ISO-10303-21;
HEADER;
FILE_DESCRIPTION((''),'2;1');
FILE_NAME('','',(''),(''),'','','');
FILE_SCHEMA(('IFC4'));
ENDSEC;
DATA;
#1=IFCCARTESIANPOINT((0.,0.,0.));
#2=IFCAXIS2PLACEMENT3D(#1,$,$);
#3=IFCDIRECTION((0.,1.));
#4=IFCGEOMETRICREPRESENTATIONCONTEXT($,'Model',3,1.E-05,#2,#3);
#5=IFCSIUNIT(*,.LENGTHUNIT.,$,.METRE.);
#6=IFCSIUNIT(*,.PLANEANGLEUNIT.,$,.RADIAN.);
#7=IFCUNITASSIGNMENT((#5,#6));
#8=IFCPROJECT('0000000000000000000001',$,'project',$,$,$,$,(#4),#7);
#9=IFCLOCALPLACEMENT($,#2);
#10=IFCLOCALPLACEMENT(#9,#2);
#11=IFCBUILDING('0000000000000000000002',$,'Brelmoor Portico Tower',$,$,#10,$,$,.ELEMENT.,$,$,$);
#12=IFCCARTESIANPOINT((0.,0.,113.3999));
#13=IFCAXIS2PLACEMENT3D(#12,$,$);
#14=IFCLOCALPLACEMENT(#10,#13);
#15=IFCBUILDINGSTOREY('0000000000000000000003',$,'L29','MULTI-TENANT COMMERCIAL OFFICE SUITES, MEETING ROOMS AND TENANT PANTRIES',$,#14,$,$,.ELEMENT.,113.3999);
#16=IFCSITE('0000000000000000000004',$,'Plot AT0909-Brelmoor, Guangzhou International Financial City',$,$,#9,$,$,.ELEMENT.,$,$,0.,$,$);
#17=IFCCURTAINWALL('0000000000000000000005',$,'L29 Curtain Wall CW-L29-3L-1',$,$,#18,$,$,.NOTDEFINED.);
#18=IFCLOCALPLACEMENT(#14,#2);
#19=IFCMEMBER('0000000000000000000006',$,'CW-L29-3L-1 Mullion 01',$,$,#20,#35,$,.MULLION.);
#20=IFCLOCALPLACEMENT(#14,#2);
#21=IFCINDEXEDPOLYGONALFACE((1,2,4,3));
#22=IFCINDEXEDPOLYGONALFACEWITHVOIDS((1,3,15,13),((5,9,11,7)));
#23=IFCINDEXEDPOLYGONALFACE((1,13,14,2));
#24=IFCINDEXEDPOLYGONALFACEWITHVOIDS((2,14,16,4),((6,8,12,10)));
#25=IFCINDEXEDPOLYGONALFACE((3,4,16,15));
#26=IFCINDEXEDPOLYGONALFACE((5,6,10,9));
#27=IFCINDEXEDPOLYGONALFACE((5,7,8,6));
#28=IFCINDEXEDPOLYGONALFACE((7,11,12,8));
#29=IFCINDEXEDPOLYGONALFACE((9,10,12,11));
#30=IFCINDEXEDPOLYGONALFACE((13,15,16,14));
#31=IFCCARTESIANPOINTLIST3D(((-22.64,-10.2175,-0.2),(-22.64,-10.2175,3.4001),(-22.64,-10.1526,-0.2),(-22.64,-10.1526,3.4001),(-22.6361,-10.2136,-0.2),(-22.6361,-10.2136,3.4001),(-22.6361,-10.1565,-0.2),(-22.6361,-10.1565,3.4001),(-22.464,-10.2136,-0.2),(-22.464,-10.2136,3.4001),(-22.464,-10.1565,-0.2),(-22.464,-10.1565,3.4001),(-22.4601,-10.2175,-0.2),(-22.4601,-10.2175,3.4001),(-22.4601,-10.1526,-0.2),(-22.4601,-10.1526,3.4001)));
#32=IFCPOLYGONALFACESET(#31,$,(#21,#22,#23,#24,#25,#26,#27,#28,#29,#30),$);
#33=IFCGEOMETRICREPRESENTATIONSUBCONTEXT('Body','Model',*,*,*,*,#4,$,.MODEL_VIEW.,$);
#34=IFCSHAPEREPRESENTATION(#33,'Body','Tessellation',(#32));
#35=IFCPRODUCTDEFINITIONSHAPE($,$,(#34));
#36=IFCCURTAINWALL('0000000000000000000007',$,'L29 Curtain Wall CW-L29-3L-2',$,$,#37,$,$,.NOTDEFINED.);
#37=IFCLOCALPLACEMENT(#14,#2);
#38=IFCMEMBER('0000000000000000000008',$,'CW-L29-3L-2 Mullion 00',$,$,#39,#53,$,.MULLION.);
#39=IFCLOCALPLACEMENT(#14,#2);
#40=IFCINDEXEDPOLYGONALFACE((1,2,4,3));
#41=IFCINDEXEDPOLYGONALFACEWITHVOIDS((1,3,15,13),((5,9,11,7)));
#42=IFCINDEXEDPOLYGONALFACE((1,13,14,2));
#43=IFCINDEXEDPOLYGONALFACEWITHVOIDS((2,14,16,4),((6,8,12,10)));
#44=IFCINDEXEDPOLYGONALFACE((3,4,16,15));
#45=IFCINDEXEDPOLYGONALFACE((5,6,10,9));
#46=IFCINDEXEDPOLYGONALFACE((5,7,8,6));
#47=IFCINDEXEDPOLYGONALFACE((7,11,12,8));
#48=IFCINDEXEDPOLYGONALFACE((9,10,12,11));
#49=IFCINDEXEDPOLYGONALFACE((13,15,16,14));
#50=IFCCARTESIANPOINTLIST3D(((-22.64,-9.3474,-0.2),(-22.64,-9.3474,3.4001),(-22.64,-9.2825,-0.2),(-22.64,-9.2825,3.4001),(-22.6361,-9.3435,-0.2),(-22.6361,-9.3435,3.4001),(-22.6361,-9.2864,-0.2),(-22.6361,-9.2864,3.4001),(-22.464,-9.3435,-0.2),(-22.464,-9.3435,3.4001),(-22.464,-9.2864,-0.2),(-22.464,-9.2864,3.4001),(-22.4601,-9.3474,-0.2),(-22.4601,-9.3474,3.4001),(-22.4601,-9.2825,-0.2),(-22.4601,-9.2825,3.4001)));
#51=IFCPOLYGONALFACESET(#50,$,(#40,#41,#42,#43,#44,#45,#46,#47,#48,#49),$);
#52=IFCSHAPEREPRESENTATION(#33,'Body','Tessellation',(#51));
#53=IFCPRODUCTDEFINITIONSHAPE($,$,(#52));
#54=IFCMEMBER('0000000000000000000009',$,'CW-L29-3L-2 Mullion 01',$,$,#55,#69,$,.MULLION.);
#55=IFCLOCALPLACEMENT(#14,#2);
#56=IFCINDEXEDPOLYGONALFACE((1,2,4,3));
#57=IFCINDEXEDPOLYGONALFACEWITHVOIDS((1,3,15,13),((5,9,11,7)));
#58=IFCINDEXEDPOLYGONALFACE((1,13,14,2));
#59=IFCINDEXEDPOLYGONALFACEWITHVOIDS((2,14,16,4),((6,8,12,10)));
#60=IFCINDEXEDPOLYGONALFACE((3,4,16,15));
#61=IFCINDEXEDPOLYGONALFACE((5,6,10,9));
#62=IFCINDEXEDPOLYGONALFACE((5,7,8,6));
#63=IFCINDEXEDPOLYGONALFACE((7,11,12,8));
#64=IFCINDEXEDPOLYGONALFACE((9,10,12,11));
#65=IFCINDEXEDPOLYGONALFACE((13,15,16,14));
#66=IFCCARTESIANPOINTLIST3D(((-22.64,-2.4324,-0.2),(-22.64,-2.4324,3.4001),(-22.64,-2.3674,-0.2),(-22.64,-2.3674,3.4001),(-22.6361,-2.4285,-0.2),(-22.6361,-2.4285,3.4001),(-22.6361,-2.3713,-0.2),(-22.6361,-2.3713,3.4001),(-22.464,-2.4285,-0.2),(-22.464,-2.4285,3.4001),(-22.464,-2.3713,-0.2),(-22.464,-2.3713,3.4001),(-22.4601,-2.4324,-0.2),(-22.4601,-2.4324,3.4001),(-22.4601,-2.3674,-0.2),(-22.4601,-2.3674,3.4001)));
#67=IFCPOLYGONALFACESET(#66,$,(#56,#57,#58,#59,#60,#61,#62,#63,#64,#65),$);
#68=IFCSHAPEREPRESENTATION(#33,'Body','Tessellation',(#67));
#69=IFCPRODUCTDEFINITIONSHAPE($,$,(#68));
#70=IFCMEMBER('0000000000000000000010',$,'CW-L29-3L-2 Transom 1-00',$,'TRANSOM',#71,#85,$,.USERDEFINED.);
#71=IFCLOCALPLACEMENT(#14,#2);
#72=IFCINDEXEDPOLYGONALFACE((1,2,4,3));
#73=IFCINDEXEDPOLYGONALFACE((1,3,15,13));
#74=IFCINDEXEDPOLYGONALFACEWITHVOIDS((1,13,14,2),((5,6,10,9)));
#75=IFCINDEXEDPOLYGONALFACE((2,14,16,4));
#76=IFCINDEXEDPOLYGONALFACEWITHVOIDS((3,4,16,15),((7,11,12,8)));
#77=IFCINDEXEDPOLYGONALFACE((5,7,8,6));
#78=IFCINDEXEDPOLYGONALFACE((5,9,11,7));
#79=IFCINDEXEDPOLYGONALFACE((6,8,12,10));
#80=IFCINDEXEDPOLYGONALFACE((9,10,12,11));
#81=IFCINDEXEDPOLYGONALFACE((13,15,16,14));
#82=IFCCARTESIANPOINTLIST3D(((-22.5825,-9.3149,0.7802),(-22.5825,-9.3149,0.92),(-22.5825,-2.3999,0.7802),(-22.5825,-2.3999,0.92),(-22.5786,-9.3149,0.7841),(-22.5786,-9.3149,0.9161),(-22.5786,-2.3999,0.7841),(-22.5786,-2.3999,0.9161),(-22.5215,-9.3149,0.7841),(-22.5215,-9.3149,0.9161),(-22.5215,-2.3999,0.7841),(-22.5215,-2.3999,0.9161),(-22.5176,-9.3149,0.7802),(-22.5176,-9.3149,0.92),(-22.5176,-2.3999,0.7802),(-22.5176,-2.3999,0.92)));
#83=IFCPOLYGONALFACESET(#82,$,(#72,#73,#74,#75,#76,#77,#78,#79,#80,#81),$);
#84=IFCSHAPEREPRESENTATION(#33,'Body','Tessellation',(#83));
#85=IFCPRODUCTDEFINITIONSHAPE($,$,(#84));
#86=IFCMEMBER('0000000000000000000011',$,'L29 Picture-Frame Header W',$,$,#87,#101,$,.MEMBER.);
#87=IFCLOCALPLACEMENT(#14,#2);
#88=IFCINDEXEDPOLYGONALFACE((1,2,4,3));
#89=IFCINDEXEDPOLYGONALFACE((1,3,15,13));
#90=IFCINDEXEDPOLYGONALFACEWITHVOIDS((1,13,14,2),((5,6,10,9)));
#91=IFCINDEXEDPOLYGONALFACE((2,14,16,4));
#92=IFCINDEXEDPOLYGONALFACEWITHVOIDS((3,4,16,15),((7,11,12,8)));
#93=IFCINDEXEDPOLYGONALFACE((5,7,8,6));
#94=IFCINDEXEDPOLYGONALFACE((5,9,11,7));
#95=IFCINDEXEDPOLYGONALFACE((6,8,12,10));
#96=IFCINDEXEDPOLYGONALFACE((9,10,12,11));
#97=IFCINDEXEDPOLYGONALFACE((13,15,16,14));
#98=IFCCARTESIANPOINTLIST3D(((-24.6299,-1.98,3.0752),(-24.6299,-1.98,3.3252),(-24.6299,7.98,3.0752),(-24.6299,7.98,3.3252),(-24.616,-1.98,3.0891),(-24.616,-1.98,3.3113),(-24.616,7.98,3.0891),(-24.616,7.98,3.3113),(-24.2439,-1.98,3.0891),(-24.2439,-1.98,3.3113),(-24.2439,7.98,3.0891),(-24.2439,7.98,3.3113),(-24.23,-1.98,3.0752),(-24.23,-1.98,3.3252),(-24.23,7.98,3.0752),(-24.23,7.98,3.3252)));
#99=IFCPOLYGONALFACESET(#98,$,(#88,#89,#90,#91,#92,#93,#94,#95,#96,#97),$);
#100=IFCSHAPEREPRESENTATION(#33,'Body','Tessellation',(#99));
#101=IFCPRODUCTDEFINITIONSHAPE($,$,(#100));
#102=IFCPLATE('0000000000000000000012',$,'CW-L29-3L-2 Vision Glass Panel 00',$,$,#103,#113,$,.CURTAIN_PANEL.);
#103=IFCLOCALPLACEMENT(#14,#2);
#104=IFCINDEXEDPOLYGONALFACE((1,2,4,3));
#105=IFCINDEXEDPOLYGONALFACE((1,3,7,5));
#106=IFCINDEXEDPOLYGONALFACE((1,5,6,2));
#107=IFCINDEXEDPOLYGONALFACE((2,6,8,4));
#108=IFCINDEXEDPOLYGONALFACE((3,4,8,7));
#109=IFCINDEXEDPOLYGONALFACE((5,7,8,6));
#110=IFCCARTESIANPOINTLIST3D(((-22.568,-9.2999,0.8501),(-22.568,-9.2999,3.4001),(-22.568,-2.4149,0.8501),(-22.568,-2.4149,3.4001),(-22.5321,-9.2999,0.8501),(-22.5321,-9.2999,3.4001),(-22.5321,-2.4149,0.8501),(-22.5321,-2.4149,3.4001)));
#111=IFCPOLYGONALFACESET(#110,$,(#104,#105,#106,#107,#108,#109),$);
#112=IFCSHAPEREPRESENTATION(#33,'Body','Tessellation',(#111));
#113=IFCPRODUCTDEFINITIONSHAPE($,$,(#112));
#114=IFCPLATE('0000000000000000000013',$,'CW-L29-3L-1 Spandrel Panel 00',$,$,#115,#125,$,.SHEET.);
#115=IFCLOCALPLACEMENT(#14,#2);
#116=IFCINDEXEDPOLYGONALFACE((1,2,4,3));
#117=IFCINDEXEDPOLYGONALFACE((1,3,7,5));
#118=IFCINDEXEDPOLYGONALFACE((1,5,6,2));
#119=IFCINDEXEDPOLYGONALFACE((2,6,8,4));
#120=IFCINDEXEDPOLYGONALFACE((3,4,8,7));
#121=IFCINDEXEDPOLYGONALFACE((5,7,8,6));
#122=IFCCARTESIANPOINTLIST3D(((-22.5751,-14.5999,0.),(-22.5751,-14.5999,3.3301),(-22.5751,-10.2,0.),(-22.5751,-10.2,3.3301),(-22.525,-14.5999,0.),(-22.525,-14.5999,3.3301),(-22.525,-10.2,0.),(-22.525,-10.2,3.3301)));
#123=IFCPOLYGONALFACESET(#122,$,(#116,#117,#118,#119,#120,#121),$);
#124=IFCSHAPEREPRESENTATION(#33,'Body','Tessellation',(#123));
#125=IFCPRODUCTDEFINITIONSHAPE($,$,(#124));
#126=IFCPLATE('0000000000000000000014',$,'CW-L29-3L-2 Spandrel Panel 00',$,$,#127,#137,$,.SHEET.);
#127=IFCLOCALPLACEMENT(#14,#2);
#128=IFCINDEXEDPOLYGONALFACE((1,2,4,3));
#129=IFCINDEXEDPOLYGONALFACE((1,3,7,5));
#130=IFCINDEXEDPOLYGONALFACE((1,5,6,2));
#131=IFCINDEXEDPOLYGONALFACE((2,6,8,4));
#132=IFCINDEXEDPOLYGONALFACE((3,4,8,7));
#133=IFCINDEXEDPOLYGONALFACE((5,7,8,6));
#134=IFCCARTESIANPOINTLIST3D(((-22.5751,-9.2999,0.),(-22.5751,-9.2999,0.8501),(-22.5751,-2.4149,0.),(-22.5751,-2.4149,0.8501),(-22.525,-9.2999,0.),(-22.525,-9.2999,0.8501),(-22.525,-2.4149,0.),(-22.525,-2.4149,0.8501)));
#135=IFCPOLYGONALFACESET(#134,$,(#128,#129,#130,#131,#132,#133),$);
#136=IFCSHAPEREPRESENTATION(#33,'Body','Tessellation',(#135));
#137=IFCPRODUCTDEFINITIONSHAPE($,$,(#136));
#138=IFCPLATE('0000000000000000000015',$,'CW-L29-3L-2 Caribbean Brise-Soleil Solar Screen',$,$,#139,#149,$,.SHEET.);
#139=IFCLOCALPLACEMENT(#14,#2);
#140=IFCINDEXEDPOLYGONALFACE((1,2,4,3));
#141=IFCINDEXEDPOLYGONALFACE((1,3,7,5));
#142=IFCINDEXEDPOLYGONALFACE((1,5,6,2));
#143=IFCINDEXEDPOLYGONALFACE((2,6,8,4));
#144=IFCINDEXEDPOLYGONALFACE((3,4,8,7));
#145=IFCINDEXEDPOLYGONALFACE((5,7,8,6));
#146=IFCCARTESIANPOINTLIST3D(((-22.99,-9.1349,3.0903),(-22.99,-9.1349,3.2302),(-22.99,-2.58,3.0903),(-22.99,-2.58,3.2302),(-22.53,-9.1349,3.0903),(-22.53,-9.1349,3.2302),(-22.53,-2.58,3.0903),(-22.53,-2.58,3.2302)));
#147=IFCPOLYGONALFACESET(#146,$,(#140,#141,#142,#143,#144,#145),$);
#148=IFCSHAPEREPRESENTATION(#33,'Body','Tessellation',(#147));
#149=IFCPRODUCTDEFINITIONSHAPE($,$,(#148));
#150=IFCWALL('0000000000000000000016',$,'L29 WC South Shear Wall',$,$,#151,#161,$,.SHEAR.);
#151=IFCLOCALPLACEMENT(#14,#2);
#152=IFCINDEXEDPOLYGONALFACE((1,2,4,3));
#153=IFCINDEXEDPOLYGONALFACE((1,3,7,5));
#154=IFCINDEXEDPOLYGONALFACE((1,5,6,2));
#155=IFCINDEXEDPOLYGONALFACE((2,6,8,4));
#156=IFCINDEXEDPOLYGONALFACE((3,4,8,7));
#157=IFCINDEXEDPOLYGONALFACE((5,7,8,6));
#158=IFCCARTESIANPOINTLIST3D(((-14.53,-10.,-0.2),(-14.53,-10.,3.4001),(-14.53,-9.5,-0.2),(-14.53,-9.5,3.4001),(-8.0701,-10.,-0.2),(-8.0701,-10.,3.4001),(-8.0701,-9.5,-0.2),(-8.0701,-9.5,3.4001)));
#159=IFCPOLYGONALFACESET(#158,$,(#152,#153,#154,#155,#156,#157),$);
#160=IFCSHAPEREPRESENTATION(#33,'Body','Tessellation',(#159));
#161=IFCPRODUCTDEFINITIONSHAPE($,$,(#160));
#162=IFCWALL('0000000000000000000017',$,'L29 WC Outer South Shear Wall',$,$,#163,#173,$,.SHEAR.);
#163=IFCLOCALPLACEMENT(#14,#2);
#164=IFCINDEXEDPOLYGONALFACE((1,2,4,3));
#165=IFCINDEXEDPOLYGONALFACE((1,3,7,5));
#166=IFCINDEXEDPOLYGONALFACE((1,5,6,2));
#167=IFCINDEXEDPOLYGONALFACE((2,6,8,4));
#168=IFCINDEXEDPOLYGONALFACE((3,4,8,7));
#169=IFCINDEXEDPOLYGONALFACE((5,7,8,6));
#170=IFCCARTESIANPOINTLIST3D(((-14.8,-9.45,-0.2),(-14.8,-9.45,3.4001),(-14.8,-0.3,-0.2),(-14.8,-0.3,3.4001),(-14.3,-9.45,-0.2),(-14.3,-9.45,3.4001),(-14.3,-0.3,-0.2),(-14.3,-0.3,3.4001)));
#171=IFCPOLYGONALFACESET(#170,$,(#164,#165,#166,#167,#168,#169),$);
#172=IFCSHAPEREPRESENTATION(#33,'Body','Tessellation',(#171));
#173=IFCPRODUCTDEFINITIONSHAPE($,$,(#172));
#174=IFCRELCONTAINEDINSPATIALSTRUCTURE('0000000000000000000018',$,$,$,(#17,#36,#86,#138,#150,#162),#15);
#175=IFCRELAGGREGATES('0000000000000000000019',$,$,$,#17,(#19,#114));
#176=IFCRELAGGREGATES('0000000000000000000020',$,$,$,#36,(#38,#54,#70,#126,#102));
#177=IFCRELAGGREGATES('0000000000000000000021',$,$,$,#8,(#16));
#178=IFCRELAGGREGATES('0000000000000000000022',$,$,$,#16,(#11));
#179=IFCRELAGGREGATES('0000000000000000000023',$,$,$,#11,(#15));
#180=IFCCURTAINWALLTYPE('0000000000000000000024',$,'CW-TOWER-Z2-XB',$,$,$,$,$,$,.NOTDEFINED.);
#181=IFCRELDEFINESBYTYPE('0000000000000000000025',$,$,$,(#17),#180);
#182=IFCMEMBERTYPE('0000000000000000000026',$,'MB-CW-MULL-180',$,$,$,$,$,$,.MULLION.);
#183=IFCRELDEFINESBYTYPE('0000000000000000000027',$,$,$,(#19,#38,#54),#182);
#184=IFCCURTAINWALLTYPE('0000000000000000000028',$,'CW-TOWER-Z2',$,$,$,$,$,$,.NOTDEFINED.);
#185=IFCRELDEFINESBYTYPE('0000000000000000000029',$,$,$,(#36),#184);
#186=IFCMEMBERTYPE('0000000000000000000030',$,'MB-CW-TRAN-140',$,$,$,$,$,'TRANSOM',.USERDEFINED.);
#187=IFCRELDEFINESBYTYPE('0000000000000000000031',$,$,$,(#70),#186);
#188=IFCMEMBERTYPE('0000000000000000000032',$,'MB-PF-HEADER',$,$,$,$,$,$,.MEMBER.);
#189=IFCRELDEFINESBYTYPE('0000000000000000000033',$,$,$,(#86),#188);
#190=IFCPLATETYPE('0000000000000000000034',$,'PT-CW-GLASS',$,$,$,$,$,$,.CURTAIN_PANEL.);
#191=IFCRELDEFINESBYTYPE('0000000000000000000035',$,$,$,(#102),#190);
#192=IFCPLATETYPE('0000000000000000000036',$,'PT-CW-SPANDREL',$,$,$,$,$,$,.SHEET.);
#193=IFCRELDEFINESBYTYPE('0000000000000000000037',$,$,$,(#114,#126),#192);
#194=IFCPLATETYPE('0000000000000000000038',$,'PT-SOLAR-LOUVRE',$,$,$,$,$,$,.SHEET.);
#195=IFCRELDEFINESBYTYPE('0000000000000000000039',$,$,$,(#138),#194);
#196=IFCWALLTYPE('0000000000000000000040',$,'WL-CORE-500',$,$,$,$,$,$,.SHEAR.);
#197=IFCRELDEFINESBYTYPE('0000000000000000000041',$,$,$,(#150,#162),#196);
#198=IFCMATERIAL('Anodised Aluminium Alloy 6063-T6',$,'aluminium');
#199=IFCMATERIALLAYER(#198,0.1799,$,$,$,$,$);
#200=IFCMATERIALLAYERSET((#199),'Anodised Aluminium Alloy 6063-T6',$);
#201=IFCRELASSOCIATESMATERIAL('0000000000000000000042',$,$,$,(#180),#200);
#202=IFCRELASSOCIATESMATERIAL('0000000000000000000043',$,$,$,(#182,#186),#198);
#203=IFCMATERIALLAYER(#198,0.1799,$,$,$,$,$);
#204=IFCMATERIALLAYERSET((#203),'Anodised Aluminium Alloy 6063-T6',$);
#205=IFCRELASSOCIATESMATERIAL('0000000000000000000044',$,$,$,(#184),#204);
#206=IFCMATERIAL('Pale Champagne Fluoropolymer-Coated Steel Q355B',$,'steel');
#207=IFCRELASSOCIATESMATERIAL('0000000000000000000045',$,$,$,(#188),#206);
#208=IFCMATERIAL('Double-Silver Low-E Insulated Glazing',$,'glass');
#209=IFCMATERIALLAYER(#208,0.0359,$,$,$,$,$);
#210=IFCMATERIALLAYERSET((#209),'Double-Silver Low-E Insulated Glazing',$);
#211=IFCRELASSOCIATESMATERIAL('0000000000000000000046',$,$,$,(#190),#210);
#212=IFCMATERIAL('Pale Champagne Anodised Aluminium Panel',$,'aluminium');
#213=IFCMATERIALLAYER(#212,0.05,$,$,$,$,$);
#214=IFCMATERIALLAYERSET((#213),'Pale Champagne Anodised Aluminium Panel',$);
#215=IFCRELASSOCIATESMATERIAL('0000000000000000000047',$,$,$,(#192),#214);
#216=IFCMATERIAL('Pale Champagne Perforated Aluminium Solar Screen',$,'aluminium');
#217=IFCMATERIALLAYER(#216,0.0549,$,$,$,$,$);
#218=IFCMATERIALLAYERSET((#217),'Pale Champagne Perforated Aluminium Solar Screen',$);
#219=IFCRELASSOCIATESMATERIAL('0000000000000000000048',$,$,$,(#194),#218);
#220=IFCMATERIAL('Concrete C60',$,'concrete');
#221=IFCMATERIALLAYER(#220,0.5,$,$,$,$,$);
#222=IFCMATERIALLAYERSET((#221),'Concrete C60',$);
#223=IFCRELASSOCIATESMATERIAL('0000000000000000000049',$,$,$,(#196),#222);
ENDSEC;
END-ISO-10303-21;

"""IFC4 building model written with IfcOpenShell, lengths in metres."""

from ifc_helpers import new_model, si_unit, direction, frame, frame_2d, origin, origin_2d, place, context, subcontext, project, spatial, rectangle, hollow_rectangle, extrude, material, layer, layer_set, material_profile, profile_set, type_object, element, aggregate, save


model = new_model("IFC4")

# Units and contexts
model_context = context("Model", 3, precision=1e-05, world=origin(), true_north=direction((0.0, 1.0)))
body_context = subcontext(model_context, "Body", "Model", "MODEL_VIEW")
ifc_project = project(units=[si_unit("LENGTHUNIT", "METRE"), si_unit("PLANEANGLEUNIT", "RADIAN")], contexts=[model_context])

# Site, building, storey
site_placement = place(None, origin())
site = spatial("IfcSite", under=ifc_project, at=site_placement, Name="Plot AT0909-Brelmoor, Guangzhou International Financial City", CompositionType="ELEMENT", RefElevation=0.0)
building_placement = place(site_placement, origin())
building = spatial("IfcBuilding", under=site, at=building_placement, Name="Brelmoor Portico Tower", CompositionType="ELEMENT")
storey_placement = place(building_placement, frame((0.0, 0.0, 113.3999)))
storey = spatial("IfcBuildingStorey", under=building, at=storey_placement, Name="L29", Description="MULTI-TENANT COMMERCIAL OFFICE SUITES, MEETING ROOMS AND TENANT PANTRIES", CompositionType="ELEMENT", Elevation=113.3999)

# Curtain wall, member
ifc_material_1 = material(Name="Anodised Aluminium Alloy 6063-T6", Category="aluminium")
ifc_layer_1 = layer(ifc_material_1, 0.1799)
ifc_layer_set_1 = layer_set([ifc_layer_1], Name="Anodised Aluminium Alloy 6063-T6")
curtain_wall_type_1 = type_object("IfcCurtainWallType", Name="CW-TOWER-Z2-XB", PredefinedType="NOTDEFINED", material=ifc_layer_set_1)
curtain_wall_1_placement = place(storey_placement, origin())
curtain_wall_1 = element("IfcCurtainWall", 1, at=curtain_wall_1_placement, inside=storey, type_object=curtain_wall_type_1, Name="L29 Curtain Wall CW-L29-3L-1", PredefinedType="NOTDEFINED")
ifc_material_profile_1 = material_profile(ifc_material_1, hollow_rectangle(XDim=0.0649, YDim=0.1799, WallThickness=0.0039, at=origin_2d()), Name="ALU MULLION 65x180")
ifc_profile_set_1 = profile_set([ifc_material_profile_1], Name="Anodised Aluminium Alloy 6063-T6")
member_type_1 = type_object("IfcMemberType", Name="MB-CW-MULL-180", PredefinedType="MULLION", material=ifc_profile_set_1)
member_1_placement = place(storey_placement, frame((-22.55, -10.1851, -0.2), z_axis=(0.0, 0.0, 1.0), x_axis=(0.0, 1.0, 0.0)))
member_1 = element("IfcMember", 2, at=member_1_placement, type_object=member_type_1, Name="CW-L29-3L-1 Mullion 01", PredefinedType="MULLION", context=body_context, shape_type="SweptSolid", body=[
    extrude(hollow_rectangle(XDim=0.0649, YDim=0.1799, WallThickness=0.0039, at=origin_2d()), origin(), (0.0, 0.0, 1.0), 3.6001),
])

# Curtain wall, members
ifc_layer_2 = layer(ifc_material_1, 0.1799)
ifc_layer_set_2 = layer_set([ifc_layer_2], Name="Anodised Aluminium Alloy 6063-T6")
curtain_wall_type_2 = type_object("IfcCurtainWallType", Name="CW-TOWER-Z2", PredefinedType="NOTDEFINED", material=ifc_layer_set_2)
curtain_wall_2_placement = place(storey_placement, origin())
curtain_wall_2 = element("IfcCurtainWall", 3, at=curtain_wall_2_placement, inside=storey, type_object=curtain_wall_type_2, Name="L29 Curtain Wall CW-L29-3L-2", PredefinedType="NOTDEFINED")
member_2_placement = place(storey_placement, frame((-22.55, -9.3149, -0.2), z_axis=(0.0, 0.0, 1.0), x_axis=(0.0, 1.0, 0.0)))
member_2 = element("IfcMember", 4, at=member_2_placement, type_object=member_type_1, Name="CW-L29-3L-2 Mullion 00", PredefinedType="MULLION", context=body_context, shape_type="SweptSolid", body=[
    extrude(hollow_rectangle(XDim=0.0649, YDim=0.1799, WallThickness=0.0039, at=origin_2d()), origin(), (0.0, 0.0, 1.0), 3.6001),
])
member_3_placement = place(storey_placement, frame((-22.55, -2.3999, -0.2), z_axis=(0.0, 0.0, 1.0), x_axis=(0.0, 1.0, 0.0)))
member_3 = element("IfcMember", 5, at=member_3_placement, type_object=member_type_1, Name="CW-L29-3L-2 Mullion 01", PredefinedType="MULLION", context=body_context, shape_type="SweptSolid", body=[
    extrude(hollow_rectangle(XDim=0.0649, YDim=0.1799, WallThickness=0.0039, at=origin_2d()), origin(), (0.0, 0.0, 1.0), 3.6001),
])
ifc_material_profile_2 = material_profile(ifc_material_1, hollow_rectangle(XDim=0.0649, YDim=0.1399, WallThickness=0.0039, at=origin_2d()), Name="ALU TRANSOM 65x140")
ifc_profile_set_2 = profile_set([ifc_material_profile_2], Name="Anodised Aluminium Alloy 6063-T6")
member_type_2 = type_object("IfcMemberType", Name="MB-CW-TRAN-140", ElementType="TRANSOM", PredefinedType="USERDEFINED", material=ifc_profile_set_2)
member_4_placement = place(storey_placement, frame((-22.55, -9.3149, 0.8501), z_axis=(0.0, 1.0, 0.0), x_axis=(-1.0, 0.0, 0.0)))
member_4 = element("IfcMember", 6, at=member_4_placement, type_object=member_type_2, Name="CW-L29-3L-2 Transom 1-00", ObjectType="TRANSOM", PredefinedType="USERDEFINED", context=body_context, shape_type="SweptSolid", body=[
    extrude(hollow_rectangle(XDim=0.0649, YDim=0.1399, WallThickness=0.0039, at=origin_2d()), origin(), (0.0, 0.0, 1.0), 6.915),
])

# Member
ifc_material_2 = material(Name="Pale Champagne Fluoropolymer-Coated Steel Q355B", Category="steel")
ifc_material_profile_3 = material_profile(ifc_material_2, hollow_rectangle(XDim=0.25, YDim=0.3999, WallThickness=0.0139, at=origin_2d()), Name="RHS 250x400x14")
ifc_profile_set_3 = profile_set([ifc_material_profile_3], Name="Pale Champagne Fluoropolymer-Coated Steel Q355B")
member_type_3 = type_object("IfcMemberType", Name="MB-PF-HEADER", PredefinedType="MEMBER", material=ifc_profile_set_3)
member_5_placement = place(storey_placement, frame((-24.4299, -1.98, 3.2002), z_axis=(0.0, 1.0, 0.0), x_axis=(0.0, 0.0, 1.0)))
element("IfcMember", 7, at=member_5_placement, inside=storey, type_object=member_type_3, Name="L29 Picture-Frame Header W", PredefinedType="MEMBER", context=body_context, shape_type="SweptSolid", body=[
    extrude(hollow_rectangle(XDim=0.25, YDim=0.3999, WallThickness=0.0139, at=origin_2d()), origin(), (0.0, 0.0, 1.0), 9.96),
])

# Plates
ifc_material_3 = material(Name="Double-Silver Low-E Insulated Glazing", Category="glass")
ifc_layer_3 = layer(ifc_material_3, 0.0359)
ifc_layer_set_3 = layer_set([ifc_layer_3], Name="Double-Silver Low-E Insulated Glazing")
plate_type_1 = type_object("IfcPlateType", Name="PT-CW-GLASS", PredefinedType="CURTAIN_PANEL", material=ifc_layer_set_3)
plate_1_placement = place(storey_placement, frame((-22.55, -5.8574, 0.8501), z_axis=(0.0, 0.0, 1.0), x_axis=(0.0, 1.0, 0.0)))
plate_1 = element("IfcPlate", 8, at=plate_1_placement, type_object=plate_type_1, Name="CW-L29-3L-2 Vision Glass Panel 00", PredefinedType="CURTAIN_PANEL", context=body_context, shape_type="SweptSolid", body=[
    extrude(rectangle(XDim=6.885, YDim=0.0359, at=origin_2d()), origin(), (0.0, 0.0, 1.0), 2.55),
])
ifc_material_4 = material(Name="Pale Champagne Anodised Aluminium Panel", Category="aluminium")
ifc_layer_4 = layer(ifc_material_4, 0.05)
ifc_layer_set_4 = layer_set([ifc_layer_4], Name="Pale Champagne Anodised Aluminium Panel")
plate_type_2 = type_object("IfcPlateType", Name="PT-CW-SPANDREL", PredefinedType="SHEET", material=ifc_layer_set_4)
plate_2_placement = place(storey_placement, frame((-22.55, -12.3999, 0.0), z_axis=(0.0, 0.0, 1.0), x_axis=(0.0, 1.0, 0.0)))
plate_2 = element("IfcPlate", 9, at=plate_2_placement, type_object=plate_type_2, Name="CW-L29-3L-1 Spandrel Panel 00", PredefinedType="SHEET", context=body_context, shape_type="SweptSolid", body=[
    extrude(rectangle(XDim=4.3999, YDim=0.05, at=origin_2d()), origin(), (0.0, 0.0, 1.0), 3.3301),
])
aggregate(curtain_wall_1, [member_1, plate_2])
plate_3_placement = place(storey_placement, frame((-22.55, -5.8574, 0.0), z_axis=(0.0, 0.0, 1.0), x_axis=(0.0, 1.0, 0.0)))
plate_3 = element("IfcPlate", 10, at=plate_3_placement, type_object=plate_type_2, Name="CW-L29-3L-2 Spandrel Panel 00", PredefinedType="SHEET", context=body_context, shape_type="SweptSolid", body=[
    extrude(rectangle(XDim=6.885, YDim=0.05, at=origin_2d()), origin(), (0.0, 0.0, 1.0), 0.8501),
])
aggregate(curtain_wall_2, [member_2, member_3, member_4, plate_3, plate_1])
ifc_material_5 = material(Name="Pale Champagne Perforated Aluminium Solar Screen", Category="aluminium")
ifc_layer_5 = layer(ifc_material_5, 0.0549)
ifc_layer_set_5 = layer_set([ifc_layer_5], Name="Pale Champagne Perforated Aluminium Solar Screen")
plate_type_3 = type_object("IfcPlateType", Name="PT-SOLAR-LOUVRE", PredefinedType="SHEET", material=ifc_layer_set_5)
plate_4_placement = place(storey_placement, frame((-22.76, -5.8574, 3.0903), z_axis=(0.0, 0.0, 1.0), x_axis=(0.0, 1.0, 0.0)))
element("IfcPlate", 11, at=plate_4_placement, inside=storey, type_object=plate_type_3, Name="CW-L29-3L-2 Caribbean Brise-Soleil Solar Screen", PredefinedType="SHEET", context=body_context, shape_type="SweptSolid", body=[
    extrude(rectangle(XDim=6.5549, YDim=0.46, at=origin_2d()), origin(), (0.0, 0.0, 1.0), 0.1399),
])

# Walls
ifc_material_6 = material(Name="Concrete C60", Category="concrete")
ifc_layer_6 = layer(ifc_material_6, 0.5)
ifc_layer_set_6 = layer_set([ifc_layer_6], Name="Concrete C60")
wall_type_1 = type_object("IfcWallType", Name="WL-CORE-500", PredefinedType="SHEAR", material=ifc_layer_set_6)
wall_1_placement = place(storey_placement, frame((-14.53, -9.75, -0.2), z_axis=(0.0, 0.0, 1.0), x_axis=(1.0, 0.0, 0.0)))
element("IfcWall", 12, at=wall_1_placement, inside=storey, type_object=wall_type_1, Name="L29 WC South Shear Wall", PredefinedType="SHEAR", context=body_context, shape_type="SweptSolid", body=[
    extrude(rectangle(XDim=6.46, YDim=0.5, at=frame_2d((3.23, 0.0))), origin(), (0.0, 0.0, 1.0), 3.6001),
])
wall_2_placement = place(storey_placement, frame((-14.55, -9.45, -0.2), z_axis=(0.0, 0.0, 1.0), x_axis=(0.0, 1.0, 0.0)))
element("IfcWall", 13, at=wall_2_placement, inside=storey, type_object=wall_type_1, Name="L29 WC Outer South Shear Wall", PredefinedType="SHEAR", context=body_context, shape_type="SweptSolid", body=[
    extrude(rectangle(XDim=9.1499, YDim=0.5, at=frame_2d((4.575, 0.0))), origin(), (0.0, 0.0, 1.0), 3.6001),
])

save(model, "model.ifc")
